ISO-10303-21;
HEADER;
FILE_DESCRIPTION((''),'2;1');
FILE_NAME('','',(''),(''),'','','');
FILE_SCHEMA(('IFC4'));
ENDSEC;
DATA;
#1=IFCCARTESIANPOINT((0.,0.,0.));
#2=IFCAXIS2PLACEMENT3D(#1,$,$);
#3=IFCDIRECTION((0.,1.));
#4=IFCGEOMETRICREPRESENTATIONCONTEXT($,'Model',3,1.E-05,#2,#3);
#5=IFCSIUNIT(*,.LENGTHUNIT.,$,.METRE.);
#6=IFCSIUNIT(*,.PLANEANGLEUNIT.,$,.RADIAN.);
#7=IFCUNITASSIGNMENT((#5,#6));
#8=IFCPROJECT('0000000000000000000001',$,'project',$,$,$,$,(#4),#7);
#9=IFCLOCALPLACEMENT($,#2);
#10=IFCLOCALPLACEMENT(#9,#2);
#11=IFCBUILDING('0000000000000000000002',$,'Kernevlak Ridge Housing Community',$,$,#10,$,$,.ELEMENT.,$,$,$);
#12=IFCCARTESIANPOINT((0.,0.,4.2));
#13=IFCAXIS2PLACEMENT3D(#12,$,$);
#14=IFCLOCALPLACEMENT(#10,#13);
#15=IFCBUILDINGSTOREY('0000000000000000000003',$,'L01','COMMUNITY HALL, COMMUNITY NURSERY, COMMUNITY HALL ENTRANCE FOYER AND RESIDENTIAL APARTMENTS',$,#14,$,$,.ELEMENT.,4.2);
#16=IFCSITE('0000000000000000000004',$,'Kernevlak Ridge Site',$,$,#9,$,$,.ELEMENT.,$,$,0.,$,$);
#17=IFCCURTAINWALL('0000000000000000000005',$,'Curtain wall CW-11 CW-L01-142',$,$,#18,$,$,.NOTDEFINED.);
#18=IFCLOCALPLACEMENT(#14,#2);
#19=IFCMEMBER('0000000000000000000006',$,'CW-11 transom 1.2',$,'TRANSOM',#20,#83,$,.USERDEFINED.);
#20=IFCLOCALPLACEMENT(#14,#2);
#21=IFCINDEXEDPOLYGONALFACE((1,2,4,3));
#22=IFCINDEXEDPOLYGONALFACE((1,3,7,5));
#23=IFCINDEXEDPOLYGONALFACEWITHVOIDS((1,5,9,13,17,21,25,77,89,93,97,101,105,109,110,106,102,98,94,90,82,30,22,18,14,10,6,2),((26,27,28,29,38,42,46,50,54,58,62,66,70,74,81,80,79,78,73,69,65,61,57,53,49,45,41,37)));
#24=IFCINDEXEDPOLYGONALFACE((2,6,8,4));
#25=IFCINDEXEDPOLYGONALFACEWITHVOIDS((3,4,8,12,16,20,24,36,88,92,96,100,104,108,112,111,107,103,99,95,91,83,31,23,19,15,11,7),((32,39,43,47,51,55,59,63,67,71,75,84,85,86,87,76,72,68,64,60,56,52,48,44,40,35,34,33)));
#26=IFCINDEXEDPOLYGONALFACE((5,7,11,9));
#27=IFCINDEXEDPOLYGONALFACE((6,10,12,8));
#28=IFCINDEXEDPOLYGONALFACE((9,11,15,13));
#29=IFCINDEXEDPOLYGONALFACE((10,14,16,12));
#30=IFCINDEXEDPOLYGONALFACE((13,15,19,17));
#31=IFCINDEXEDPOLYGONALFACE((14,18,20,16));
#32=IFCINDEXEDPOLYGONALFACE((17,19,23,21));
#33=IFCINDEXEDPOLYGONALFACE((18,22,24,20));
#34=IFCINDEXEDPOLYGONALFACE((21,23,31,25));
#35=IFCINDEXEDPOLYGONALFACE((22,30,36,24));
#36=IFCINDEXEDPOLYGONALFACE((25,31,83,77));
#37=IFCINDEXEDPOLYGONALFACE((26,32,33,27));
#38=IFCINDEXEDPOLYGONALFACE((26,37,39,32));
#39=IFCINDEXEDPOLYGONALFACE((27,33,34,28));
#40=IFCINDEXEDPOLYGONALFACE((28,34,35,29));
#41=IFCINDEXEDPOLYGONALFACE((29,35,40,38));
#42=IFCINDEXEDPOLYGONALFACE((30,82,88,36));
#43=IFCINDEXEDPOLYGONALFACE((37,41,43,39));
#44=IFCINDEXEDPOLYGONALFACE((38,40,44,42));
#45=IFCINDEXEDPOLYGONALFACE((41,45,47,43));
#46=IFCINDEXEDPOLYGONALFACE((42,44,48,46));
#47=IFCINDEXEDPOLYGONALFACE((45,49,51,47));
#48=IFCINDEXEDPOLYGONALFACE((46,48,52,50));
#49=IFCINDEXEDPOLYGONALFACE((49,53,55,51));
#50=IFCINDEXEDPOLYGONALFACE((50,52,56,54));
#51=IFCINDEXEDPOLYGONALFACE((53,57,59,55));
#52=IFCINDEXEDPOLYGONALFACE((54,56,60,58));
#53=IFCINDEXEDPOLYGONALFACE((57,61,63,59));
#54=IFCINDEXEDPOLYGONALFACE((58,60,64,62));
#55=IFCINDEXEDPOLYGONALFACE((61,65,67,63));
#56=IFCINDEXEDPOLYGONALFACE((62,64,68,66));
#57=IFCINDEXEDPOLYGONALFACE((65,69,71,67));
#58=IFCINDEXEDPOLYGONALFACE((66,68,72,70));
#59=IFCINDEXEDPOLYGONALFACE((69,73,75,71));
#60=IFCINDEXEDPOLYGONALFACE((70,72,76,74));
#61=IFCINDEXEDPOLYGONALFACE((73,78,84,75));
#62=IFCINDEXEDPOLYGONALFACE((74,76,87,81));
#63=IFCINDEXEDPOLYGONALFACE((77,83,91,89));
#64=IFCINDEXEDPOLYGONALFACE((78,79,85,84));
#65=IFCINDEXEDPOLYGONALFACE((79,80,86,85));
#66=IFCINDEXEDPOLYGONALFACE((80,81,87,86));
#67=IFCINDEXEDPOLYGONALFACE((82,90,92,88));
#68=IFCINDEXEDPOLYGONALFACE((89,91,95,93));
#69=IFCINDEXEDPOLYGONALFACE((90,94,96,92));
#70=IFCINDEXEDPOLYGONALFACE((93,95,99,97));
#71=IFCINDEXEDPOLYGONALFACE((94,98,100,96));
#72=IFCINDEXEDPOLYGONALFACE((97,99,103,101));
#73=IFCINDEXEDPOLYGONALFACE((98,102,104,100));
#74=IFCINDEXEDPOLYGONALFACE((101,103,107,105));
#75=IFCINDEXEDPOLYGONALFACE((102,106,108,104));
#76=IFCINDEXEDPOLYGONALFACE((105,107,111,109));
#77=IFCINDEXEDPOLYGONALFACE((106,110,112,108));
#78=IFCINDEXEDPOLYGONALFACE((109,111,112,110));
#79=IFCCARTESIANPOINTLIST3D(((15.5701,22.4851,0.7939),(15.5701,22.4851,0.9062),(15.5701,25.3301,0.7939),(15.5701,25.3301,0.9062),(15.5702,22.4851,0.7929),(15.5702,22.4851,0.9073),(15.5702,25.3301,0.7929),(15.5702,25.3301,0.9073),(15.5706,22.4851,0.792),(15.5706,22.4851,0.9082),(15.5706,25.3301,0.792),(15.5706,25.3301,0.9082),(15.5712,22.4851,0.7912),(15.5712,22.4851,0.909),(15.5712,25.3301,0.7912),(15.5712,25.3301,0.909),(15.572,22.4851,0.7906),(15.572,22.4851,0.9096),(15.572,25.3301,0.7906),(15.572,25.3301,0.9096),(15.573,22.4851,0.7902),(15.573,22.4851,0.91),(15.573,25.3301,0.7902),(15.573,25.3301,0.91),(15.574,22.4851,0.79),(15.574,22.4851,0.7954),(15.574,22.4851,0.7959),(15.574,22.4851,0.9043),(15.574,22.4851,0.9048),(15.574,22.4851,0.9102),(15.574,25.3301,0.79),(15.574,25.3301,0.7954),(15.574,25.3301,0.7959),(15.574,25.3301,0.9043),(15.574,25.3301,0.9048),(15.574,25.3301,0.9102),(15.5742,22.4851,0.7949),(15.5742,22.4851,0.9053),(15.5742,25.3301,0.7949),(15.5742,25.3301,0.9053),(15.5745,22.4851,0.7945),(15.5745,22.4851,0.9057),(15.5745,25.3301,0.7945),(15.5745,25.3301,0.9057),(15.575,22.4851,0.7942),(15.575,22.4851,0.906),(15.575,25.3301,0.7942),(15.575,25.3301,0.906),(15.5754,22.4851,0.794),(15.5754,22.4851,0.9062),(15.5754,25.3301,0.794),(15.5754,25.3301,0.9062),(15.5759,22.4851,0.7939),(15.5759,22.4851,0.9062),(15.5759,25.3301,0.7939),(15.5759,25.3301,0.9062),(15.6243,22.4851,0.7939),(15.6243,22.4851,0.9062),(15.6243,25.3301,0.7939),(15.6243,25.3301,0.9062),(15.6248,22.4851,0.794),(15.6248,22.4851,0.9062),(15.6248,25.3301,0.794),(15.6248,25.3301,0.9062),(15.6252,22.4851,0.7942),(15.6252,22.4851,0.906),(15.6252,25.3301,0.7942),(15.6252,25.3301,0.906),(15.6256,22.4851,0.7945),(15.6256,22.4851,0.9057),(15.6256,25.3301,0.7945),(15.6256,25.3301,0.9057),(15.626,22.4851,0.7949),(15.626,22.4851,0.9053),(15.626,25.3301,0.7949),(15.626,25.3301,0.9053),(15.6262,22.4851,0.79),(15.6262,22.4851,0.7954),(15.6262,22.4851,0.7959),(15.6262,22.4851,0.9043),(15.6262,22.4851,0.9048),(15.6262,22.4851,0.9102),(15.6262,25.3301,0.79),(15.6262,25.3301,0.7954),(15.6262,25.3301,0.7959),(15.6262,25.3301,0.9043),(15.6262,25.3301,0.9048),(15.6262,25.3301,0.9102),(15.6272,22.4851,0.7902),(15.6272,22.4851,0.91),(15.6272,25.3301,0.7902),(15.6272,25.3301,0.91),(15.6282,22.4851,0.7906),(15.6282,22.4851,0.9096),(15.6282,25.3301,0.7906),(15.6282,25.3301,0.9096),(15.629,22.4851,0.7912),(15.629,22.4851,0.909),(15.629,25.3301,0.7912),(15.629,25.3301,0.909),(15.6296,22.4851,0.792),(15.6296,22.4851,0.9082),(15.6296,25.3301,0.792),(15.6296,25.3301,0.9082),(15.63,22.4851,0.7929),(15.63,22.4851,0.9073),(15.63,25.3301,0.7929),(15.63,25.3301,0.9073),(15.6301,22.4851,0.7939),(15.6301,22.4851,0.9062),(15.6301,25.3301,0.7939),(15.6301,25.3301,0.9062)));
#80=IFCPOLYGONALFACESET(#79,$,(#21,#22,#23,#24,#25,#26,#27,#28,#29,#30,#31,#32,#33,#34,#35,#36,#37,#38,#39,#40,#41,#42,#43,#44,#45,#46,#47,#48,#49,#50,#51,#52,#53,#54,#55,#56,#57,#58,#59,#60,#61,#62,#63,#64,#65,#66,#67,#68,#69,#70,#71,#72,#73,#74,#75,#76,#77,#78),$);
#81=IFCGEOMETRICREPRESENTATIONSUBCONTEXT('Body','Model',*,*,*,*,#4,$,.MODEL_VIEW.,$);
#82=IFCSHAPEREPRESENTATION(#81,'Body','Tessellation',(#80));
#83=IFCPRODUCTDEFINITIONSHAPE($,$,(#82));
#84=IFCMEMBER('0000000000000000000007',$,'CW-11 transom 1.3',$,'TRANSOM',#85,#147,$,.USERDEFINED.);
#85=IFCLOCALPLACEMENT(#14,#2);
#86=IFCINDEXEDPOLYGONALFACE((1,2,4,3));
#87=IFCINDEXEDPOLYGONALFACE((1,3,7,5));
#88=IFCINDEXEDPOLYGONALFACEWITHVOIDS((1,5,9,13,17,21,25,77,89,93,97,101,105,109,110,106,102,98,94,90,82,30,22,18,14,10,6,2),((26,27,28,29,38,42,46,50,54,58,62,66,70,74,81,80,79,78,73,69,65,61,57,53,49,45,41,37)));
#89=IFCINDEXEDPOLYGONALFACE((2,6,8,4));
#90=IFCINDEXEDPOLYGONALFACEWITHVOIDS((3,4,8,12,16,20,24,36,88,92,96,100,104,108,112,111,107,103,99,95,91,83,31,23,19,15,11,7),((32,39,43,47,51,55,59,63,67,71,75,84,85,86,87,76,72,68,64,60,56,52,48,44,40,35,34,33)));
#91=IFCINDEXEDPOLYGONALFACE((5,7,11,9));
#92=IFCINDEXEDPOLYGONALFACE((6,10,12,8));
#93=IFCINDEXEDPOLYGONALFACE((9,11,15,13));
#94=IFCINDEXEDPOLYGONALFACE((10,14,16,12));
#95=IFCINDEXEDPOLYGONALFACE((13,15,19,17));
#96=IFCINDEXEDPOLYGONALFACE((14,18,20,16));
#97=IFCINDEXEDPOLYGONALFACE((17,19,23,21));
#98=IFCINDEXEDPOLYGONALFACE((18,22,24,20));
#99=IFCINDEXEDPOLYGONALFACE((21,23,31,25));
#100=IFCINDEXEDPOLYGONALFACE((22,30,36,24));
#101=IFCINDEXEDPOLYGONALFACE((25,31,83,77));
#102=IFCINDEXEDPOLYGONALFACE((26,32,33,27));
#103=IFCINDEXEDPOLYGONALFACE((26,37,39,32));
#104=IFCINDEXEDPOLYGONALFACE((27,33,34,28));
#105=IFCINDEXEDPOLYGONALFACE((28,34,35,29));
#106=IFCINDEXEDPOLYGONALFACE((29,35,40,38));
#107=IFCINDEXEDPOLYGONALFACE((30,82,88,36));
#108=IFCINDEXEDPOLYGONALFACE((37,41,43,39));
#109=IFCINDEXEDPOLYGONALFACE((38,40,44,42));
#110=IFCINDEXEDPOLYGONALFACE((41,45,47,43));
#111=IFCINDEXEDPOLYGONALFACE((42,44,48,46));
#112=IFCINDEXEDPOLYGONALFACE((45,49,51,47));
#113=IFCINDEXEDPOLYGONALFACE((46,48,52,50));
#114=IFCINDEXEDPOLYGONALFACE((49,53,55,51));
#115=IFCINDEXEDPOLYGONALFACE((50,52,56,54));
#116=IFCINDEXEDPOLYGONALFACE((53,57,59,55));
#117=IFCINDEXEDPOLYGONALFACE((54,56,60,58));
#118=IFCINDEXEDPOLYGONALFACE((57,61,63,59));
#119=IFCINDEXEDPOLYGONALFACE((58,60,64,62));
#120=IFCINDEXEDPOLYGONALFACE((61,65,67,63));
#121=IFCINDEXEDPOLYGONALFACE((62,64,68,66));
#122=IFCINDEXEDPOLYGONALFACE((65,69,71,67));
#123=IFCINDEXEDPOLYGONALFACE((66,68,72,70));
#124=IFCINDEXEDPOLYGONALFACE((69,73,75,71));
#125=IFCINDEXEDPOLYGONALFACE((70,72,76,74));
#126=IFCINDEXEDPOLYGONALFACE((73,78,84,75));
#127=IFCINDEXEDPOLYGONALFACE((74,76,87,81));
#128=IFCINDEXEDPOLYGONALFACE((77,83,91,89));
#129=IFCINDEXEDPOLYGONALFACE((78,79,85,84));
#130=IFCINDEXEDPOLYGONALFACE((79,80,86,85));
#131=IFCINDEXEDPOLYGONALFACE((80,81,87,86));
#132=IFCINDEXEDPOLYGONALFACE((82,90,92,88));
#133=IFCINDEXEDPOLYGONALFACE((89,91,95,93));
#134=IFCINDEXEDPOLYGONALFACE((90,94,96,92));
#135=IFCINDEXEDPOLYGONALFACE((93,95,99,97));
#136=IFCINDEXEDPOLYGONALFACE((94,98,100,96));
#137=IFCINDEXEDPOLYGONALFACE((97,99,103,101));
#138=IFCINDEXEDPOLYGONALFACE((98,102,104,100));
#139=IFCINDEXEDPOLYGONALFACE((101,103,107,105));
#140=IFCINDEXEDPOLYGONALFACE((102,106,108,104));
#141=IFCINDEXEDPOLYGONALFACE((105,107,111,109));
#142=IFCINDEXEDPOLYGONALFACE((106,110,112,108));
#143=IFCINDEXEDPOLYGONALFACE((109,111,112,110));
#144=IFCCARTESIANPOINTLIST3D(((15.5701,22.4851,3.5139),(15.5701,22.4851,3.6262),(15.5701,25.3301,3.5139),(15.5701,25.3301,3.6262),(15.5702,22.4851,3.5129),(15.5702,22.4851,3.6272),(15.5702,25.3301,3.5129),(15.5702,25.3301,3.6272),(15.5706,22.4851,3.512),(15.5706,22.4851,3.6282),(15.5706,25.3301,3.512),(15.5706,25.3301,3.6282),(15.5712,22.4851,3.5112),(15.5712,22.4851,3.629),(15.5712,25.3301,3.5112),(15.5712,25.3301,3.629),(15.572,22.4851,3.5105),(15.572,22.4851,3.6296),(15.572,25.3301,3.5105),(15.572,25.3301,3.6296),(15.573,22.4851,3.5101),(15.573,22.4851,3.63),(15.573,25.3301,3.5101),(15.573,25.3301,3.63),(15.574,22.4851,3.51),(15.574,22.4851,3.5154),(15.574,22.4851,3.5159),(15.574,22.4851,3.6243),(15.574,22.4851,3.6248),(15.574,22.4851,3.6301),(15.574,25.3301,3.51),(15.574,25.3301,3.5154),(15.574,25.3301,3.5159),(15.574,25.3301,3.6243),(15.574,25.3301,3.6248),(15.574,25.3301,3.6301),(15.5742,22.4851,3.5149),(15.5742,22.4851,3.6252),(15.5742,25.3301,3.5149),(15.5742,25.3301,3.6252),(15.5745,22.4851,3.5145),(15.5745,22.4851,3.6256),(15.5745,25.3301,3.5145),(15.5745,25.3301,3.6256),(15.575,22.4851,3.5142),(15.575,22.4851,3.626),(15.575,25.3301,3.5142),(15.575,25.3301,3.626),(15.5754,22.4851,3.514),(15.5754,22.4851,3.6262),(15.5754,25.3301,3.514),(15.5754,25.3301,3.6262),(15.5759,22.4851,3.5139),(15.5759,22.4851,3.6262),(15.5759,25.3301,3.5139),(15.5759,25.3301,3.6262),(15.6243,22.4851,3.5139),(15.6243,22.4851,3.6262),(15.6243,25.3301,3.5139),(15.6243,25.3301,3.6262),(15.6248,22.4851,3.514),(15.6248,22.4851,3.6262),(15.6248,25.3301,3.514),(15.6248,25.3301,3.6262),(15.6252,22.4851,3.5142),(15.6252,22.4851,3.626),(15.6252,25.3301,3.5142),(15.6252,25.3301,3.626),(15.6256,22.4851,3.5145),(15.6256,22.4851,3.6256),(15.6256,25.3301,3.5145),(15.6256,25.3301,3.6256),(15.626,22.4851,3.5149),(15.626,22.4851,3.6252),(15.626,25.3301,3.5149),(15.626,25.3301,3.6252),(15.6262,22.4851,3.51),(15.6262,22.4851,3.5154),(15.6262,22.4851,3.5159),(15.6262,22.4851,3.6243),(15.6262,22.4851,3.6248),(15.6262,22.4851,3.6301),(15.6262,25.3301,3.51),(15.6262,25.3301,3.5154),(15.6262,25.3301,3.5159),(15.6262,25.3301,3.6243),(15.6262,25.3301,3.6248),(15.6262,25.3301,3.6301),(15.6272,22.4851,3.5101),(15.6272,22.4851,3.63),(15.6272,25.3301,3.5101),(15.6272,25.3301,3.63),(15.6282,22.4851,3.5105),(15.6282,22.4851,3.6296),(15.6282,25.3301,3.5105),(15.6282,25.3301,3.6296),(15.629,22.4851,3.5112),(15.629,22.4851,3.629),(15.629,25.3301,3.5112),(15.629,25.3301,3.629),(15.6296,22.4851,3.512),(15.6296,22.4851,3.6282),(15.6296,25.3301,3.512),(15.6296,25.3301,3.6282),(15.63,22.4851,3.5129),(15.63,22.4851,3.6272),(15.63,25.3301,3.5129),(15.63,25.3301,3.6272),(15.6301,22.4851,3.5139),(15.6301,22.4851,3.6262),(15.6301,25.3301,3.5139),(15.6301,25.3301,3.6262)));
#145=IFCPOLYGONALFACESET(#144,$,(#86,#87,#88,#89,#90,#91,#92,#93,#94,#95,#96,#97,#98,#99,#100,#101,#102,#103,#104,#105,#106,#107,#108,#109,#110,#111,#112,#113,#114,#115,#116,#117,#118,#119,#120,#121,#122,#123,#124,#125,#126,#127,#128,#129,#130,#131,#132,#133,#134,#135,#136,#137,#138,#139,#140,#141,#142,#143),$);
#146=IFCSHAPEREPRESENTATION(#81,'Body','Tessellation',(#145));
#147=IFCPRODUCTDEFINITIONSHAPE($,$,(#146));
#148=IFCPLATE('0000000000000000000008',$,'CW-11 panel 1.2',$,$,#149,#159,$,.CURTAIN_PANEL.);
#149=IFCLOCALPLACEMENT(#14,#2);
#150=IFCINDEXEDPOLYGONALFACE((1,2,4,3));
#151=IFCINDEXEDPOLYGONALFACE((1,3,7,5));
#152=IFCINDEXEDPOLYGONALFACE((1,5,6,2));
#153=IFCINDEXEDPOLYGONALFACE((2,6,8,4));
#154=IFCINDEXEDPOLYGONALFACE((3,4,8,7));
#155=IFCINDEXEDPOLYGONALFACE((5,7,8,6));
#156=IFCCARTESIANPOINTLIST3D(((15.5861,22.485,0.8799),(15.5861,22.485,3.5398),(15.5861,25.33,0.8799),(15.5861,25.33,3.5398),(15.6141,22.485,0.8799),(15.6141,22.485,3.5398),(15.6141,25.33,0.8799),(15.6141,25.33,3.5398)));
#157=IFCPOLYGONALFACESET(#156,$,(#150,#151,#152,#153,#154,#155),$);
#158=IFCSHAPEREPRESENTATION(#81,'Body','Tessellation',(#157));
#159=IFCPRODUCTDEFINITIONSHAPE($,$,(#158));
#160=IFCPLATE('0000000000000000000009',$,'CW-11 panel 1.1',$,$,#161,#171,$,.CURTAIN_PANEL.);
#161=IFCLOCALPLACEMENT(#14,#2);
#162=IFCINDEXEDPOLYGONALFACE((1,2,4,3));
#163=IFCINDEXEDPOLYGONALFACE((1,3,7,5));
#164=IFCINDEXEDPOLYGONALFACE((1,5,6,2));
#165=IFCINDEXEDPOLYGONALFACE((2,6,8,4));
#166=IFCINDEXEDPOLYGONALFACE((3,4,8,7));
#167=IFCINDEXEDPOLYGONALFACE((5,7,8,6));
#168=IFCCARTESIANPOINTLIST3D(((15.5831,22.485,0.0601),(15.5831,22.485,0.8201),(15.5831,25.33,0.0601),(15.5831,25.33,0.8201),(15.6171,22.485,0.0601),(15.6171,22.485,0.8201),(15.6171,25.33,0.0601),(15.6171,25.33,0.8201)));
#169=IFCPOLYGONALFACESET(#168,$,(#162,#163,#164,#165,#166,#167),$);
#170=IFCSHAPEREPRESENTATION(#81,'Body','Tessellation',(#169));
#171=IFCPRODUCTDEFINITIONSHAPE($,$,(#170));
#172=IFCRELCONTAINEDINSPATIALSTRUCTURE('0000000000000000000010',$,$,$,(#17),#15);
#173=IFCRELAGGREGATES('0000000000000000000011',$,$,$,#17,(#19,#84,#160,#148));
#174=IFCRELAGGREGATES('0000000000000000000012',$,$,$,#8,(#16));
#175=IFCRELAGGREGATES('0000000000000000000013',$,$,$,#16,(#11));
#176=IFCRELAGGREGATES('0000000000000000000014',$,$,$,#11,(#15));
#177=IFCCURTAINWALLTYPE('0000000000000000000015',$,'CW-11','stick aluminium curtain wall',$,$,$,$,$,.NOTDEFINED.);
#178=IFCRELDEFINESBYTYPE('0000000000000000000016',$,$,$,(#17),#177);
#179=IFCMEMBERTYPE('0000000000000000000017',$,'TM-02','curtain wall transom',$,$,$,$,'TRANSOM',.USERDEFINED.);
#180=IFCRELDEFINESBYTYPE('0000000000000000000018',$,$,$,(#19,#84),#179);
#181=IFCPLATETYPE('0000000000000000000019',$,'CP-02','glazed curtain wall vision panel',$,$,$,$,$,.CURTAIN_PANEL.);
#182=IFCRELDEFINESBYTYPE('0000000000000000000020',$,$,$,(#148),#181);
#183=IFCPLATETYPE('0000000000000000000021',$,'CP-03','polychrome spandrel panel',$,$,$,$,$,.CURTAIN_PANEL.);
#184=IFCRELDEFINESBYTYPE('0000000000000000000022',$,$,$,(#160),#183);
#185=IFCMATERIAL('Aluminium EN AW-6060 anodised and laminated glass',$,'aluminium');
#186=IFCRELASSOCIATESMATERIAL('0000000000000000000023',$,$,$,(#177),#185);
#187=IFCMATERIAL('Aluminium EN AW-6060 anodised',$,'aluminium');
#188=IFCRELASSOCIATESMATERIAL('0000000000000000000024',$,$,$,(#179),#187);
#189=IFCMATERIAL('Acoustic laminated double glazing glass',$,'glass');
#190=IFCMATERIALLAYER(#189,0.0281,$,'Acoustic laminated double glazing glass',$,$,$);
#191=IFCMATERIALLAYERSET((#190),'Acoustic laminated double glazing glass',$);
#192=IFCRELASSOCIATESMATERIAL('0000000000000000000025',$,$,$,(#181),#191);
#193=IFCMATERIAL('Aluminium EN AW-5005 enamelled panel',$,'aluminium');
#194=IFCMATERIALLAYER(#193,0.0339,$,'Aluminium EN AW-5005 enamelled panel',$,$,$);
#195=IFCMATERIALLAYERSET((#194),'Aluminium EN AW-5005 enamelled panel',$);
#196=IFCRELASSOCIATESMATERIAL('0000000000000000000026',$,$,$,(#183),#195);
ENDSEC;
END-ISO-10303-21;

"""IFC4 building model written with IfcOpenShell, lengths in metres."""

from ifc_helpers import new_model, si_unit, direction, frame, origin, origin_2d, place, context, subcontext, project, spatial, rectangle, hollow_rectangle, extrude, material, layer, layer_set, material_profile, profile_set, type_object, element, aggregate, save


model = new_model("IFC4")

# Units and contexts
model_context = context("Model", 3, precision=1e-05, world=origin(), true_north=direction((0.0, 1.0)))
body_context = subcontext(model_context, "Body", "Model", "MODEL_VIEW")
ifc_project = project(units=[si_unit("LENGTHUNIT", "METRE"), si_unit("PLANEANGLEUNIT", "RADIAN")], contexts=[model_context])

# Site, building, storey
site_placement = place(None, origin())
site = spatial("IfcSite", under=ifc_project, at=site_placement, Name="Kernevlak Ridge Site", CompositionType="ELEMENT", RefElevation=0.0)
building_placement = place(site_placement, origin())
building = spatial("IfcBuilding", under=site, at=building_placement, Name="Kernevlak Ridge Housing Community", CompositionType="ELEMENT")
storey_placement = place(building_placement, frame((0.0, 0.0, 4.2)))
storey = spatial("IfcBuildingStorey", under=building, at=storey_placement, Name="L01", Description="COMMUNITY HALL, COMMUNITY NURSERY, COMMUNITY HALL ENTRANCE FOYER AND RESIDENTIAL APARTMENTS", CompositionType="ELEMENT", Elevation=4.2)

# Curtain wall
ifc_material_1 = material(Name="Aluminium EN AW-6060 anodised and laminated glass", Category="aluminium")
curtain_wall_type = type_object("IfcCurtainWallType", Name="CW-11", Description="stick aluminium curtain wall", PredefinedType="NOTDEFINED", material=ifc_material_1)
curtain_wall_placement = place(storey_placement, origin())
curtain_wall = element("IfcCurtainWall", 1, at=curtain_wall_placement, inside=storey, type_object=curtain_wall_type, Name="Curtain wall CW-11 CW-L01-142", PredefinedType="NOTDEFINED")
ifc_material_2 = material(Name="Aluminium EN AW-6060 anodised", Category="aluminium")

# Members
ifc_material_profile_1 = material_profile(ifc_material_2, hollow_rectangle(XDim=0.0601, YDim=0.1201, WallThickness=0.0039, InnerFilletRadius=0.002, OuterFilletRadius=0.0039, at=origin_2d()), Name="ALU 60x120x4")
ifc_profile_set_1 = profile_set([ifc_material_profile_1], Name="Aluminium EN AW-6060 anodised")
member_type_1 = type_object("IfcMemberType", Name="TM-02", Description="curtain wall transom", ElementType="TRANSOM", PredefinedType="USERDEFINED", material=ifc_profile_set_1)
member_1_placement = place(storey_placement, frame((15.6001, 22.4851, 0.8501), z_axis=(0.0, 1.0, 0.0), x_axis=(-1.0, 0.0, 0.0)))
member_1 = element("IfcMember", 2, at=member_1_placement, type_object=member_type_1, Name="CW-11 transom 1.2", ObjectType="TRANSOM", PredefinedType="USERDEFINED", context=body_context, shape_type="SweptSolid", body=[
    extrude(hollow_rectangle(XDim=0.0601, YDim=0.1201, WallThickness=0.0039, InnerFilletRadius=0.002, OuterFilletRadius=0.0039, at=origin_2d()), origin(), (0.0, 0.0, 1.0), 2.845),
])
member_2_placement = place(storey_placement, frame((15.6001, 22.4851, 3.5701), z_axis=(0.0, 1.0, 0.0), x_axis=(-1.0, 0.0, 0.0)))
member_2 = element("IfcMember", 3, at=member_2_placement, type_object=member_type_1, Name="CW-11 transom 1.3", ObjectType="TRANSOM", PredefinedType="USERDEFINED", context=body_context, shape_type="SweptSolid", body=[
    extrude(hollow_rectangle(XDim=0.0601, YDim=0.1201, WallThickness=0.0039, InnerFilletRadius=0.002, OuterFilletRadius=0.0039, at=origin_2d()), origin(), (0.0, 0.0, 1.0), 2.845),
])

# Plates
ifc_material_3 = material(Name="Acoustic laminated double glazing glass", Category="glass")
ifc_layer_1 = layer(ifc_material_3, 0.0281, Name="Acoustic laminated double glazing glass")
ifc_layer_set_1 = layer_set([ifc_layer_1], Name="Acoustic laminated double glazing glass")
plate_type_1 = type_object("IfcPlateType", Name="CP-02", Description="glazed curtain wall vision panel", PredefinedType="CURTAIN_PANEL", material=ifc_layer_set_1)
plate_1_placement = place(storey_placement, frame((15.6001, 23.9075, 0.8799), z_axis=(0.0, 0.0, 1.0), x_axis=(0.0, 1.0, 0.0)))
plate_1 = element("IfcPlate", 4, at=plate_1_placement, type_object=plate_type_1, Name="CW-11 panel 1.2", PredefinedType="CURTAIN_PANEL", context=body_context, shape_type="SweptSolid", body=[
    extrude(rectangle(XDim=2.845, YDim=0.0281, at=origin_2d()), origin(), (0.0, 0.0, 1.0), 2.6599),
])
ifc_material_4 = material(Name="Aluminium EN AW-5005 enamelled panel", Category="aluminium")
ifc_layer_2 = layer(ifc_material_4, 0.0339, Name="Aluminium EN AW-5005 enamelled panel")
ifc_layer_set_2 = layer_set([ifc_layer_2], Name="Aluminium EN AW-5005 enamelled panel")
plate_type_2 = type_object("IfcPlateType", Name="CP-03", Description="polychrome spandrel panel", PredefinedType="CURTAIN_PANEL", material=ifc_layer_set_2)
plate_2_placement = place(storey_placement, frame((15.6001, 23.9075, 0.0601), z_axis=(0.0, 0.0, 1.0), x_axis=(0.0, 1.0, 0.0)))
plate_2 = element("IfcPlate", 5, at=plate_2_placement, type_object=plate_type_2, Name="CW-11 panel 1.1", PredefinedType="CURTAIN_PANEL", context=body_context, shape_type="SweptSolid", body=[
    extrude(rectangle(XDim=2.845, YDim=0.0339, at=origin_2d()), origin(), (0.0, 0.0, 1.0), 0.76),
])
aggregate(curtain_wall, [member_1, member_2, plate_2, plate_1])

save(model, "model.ifc")
